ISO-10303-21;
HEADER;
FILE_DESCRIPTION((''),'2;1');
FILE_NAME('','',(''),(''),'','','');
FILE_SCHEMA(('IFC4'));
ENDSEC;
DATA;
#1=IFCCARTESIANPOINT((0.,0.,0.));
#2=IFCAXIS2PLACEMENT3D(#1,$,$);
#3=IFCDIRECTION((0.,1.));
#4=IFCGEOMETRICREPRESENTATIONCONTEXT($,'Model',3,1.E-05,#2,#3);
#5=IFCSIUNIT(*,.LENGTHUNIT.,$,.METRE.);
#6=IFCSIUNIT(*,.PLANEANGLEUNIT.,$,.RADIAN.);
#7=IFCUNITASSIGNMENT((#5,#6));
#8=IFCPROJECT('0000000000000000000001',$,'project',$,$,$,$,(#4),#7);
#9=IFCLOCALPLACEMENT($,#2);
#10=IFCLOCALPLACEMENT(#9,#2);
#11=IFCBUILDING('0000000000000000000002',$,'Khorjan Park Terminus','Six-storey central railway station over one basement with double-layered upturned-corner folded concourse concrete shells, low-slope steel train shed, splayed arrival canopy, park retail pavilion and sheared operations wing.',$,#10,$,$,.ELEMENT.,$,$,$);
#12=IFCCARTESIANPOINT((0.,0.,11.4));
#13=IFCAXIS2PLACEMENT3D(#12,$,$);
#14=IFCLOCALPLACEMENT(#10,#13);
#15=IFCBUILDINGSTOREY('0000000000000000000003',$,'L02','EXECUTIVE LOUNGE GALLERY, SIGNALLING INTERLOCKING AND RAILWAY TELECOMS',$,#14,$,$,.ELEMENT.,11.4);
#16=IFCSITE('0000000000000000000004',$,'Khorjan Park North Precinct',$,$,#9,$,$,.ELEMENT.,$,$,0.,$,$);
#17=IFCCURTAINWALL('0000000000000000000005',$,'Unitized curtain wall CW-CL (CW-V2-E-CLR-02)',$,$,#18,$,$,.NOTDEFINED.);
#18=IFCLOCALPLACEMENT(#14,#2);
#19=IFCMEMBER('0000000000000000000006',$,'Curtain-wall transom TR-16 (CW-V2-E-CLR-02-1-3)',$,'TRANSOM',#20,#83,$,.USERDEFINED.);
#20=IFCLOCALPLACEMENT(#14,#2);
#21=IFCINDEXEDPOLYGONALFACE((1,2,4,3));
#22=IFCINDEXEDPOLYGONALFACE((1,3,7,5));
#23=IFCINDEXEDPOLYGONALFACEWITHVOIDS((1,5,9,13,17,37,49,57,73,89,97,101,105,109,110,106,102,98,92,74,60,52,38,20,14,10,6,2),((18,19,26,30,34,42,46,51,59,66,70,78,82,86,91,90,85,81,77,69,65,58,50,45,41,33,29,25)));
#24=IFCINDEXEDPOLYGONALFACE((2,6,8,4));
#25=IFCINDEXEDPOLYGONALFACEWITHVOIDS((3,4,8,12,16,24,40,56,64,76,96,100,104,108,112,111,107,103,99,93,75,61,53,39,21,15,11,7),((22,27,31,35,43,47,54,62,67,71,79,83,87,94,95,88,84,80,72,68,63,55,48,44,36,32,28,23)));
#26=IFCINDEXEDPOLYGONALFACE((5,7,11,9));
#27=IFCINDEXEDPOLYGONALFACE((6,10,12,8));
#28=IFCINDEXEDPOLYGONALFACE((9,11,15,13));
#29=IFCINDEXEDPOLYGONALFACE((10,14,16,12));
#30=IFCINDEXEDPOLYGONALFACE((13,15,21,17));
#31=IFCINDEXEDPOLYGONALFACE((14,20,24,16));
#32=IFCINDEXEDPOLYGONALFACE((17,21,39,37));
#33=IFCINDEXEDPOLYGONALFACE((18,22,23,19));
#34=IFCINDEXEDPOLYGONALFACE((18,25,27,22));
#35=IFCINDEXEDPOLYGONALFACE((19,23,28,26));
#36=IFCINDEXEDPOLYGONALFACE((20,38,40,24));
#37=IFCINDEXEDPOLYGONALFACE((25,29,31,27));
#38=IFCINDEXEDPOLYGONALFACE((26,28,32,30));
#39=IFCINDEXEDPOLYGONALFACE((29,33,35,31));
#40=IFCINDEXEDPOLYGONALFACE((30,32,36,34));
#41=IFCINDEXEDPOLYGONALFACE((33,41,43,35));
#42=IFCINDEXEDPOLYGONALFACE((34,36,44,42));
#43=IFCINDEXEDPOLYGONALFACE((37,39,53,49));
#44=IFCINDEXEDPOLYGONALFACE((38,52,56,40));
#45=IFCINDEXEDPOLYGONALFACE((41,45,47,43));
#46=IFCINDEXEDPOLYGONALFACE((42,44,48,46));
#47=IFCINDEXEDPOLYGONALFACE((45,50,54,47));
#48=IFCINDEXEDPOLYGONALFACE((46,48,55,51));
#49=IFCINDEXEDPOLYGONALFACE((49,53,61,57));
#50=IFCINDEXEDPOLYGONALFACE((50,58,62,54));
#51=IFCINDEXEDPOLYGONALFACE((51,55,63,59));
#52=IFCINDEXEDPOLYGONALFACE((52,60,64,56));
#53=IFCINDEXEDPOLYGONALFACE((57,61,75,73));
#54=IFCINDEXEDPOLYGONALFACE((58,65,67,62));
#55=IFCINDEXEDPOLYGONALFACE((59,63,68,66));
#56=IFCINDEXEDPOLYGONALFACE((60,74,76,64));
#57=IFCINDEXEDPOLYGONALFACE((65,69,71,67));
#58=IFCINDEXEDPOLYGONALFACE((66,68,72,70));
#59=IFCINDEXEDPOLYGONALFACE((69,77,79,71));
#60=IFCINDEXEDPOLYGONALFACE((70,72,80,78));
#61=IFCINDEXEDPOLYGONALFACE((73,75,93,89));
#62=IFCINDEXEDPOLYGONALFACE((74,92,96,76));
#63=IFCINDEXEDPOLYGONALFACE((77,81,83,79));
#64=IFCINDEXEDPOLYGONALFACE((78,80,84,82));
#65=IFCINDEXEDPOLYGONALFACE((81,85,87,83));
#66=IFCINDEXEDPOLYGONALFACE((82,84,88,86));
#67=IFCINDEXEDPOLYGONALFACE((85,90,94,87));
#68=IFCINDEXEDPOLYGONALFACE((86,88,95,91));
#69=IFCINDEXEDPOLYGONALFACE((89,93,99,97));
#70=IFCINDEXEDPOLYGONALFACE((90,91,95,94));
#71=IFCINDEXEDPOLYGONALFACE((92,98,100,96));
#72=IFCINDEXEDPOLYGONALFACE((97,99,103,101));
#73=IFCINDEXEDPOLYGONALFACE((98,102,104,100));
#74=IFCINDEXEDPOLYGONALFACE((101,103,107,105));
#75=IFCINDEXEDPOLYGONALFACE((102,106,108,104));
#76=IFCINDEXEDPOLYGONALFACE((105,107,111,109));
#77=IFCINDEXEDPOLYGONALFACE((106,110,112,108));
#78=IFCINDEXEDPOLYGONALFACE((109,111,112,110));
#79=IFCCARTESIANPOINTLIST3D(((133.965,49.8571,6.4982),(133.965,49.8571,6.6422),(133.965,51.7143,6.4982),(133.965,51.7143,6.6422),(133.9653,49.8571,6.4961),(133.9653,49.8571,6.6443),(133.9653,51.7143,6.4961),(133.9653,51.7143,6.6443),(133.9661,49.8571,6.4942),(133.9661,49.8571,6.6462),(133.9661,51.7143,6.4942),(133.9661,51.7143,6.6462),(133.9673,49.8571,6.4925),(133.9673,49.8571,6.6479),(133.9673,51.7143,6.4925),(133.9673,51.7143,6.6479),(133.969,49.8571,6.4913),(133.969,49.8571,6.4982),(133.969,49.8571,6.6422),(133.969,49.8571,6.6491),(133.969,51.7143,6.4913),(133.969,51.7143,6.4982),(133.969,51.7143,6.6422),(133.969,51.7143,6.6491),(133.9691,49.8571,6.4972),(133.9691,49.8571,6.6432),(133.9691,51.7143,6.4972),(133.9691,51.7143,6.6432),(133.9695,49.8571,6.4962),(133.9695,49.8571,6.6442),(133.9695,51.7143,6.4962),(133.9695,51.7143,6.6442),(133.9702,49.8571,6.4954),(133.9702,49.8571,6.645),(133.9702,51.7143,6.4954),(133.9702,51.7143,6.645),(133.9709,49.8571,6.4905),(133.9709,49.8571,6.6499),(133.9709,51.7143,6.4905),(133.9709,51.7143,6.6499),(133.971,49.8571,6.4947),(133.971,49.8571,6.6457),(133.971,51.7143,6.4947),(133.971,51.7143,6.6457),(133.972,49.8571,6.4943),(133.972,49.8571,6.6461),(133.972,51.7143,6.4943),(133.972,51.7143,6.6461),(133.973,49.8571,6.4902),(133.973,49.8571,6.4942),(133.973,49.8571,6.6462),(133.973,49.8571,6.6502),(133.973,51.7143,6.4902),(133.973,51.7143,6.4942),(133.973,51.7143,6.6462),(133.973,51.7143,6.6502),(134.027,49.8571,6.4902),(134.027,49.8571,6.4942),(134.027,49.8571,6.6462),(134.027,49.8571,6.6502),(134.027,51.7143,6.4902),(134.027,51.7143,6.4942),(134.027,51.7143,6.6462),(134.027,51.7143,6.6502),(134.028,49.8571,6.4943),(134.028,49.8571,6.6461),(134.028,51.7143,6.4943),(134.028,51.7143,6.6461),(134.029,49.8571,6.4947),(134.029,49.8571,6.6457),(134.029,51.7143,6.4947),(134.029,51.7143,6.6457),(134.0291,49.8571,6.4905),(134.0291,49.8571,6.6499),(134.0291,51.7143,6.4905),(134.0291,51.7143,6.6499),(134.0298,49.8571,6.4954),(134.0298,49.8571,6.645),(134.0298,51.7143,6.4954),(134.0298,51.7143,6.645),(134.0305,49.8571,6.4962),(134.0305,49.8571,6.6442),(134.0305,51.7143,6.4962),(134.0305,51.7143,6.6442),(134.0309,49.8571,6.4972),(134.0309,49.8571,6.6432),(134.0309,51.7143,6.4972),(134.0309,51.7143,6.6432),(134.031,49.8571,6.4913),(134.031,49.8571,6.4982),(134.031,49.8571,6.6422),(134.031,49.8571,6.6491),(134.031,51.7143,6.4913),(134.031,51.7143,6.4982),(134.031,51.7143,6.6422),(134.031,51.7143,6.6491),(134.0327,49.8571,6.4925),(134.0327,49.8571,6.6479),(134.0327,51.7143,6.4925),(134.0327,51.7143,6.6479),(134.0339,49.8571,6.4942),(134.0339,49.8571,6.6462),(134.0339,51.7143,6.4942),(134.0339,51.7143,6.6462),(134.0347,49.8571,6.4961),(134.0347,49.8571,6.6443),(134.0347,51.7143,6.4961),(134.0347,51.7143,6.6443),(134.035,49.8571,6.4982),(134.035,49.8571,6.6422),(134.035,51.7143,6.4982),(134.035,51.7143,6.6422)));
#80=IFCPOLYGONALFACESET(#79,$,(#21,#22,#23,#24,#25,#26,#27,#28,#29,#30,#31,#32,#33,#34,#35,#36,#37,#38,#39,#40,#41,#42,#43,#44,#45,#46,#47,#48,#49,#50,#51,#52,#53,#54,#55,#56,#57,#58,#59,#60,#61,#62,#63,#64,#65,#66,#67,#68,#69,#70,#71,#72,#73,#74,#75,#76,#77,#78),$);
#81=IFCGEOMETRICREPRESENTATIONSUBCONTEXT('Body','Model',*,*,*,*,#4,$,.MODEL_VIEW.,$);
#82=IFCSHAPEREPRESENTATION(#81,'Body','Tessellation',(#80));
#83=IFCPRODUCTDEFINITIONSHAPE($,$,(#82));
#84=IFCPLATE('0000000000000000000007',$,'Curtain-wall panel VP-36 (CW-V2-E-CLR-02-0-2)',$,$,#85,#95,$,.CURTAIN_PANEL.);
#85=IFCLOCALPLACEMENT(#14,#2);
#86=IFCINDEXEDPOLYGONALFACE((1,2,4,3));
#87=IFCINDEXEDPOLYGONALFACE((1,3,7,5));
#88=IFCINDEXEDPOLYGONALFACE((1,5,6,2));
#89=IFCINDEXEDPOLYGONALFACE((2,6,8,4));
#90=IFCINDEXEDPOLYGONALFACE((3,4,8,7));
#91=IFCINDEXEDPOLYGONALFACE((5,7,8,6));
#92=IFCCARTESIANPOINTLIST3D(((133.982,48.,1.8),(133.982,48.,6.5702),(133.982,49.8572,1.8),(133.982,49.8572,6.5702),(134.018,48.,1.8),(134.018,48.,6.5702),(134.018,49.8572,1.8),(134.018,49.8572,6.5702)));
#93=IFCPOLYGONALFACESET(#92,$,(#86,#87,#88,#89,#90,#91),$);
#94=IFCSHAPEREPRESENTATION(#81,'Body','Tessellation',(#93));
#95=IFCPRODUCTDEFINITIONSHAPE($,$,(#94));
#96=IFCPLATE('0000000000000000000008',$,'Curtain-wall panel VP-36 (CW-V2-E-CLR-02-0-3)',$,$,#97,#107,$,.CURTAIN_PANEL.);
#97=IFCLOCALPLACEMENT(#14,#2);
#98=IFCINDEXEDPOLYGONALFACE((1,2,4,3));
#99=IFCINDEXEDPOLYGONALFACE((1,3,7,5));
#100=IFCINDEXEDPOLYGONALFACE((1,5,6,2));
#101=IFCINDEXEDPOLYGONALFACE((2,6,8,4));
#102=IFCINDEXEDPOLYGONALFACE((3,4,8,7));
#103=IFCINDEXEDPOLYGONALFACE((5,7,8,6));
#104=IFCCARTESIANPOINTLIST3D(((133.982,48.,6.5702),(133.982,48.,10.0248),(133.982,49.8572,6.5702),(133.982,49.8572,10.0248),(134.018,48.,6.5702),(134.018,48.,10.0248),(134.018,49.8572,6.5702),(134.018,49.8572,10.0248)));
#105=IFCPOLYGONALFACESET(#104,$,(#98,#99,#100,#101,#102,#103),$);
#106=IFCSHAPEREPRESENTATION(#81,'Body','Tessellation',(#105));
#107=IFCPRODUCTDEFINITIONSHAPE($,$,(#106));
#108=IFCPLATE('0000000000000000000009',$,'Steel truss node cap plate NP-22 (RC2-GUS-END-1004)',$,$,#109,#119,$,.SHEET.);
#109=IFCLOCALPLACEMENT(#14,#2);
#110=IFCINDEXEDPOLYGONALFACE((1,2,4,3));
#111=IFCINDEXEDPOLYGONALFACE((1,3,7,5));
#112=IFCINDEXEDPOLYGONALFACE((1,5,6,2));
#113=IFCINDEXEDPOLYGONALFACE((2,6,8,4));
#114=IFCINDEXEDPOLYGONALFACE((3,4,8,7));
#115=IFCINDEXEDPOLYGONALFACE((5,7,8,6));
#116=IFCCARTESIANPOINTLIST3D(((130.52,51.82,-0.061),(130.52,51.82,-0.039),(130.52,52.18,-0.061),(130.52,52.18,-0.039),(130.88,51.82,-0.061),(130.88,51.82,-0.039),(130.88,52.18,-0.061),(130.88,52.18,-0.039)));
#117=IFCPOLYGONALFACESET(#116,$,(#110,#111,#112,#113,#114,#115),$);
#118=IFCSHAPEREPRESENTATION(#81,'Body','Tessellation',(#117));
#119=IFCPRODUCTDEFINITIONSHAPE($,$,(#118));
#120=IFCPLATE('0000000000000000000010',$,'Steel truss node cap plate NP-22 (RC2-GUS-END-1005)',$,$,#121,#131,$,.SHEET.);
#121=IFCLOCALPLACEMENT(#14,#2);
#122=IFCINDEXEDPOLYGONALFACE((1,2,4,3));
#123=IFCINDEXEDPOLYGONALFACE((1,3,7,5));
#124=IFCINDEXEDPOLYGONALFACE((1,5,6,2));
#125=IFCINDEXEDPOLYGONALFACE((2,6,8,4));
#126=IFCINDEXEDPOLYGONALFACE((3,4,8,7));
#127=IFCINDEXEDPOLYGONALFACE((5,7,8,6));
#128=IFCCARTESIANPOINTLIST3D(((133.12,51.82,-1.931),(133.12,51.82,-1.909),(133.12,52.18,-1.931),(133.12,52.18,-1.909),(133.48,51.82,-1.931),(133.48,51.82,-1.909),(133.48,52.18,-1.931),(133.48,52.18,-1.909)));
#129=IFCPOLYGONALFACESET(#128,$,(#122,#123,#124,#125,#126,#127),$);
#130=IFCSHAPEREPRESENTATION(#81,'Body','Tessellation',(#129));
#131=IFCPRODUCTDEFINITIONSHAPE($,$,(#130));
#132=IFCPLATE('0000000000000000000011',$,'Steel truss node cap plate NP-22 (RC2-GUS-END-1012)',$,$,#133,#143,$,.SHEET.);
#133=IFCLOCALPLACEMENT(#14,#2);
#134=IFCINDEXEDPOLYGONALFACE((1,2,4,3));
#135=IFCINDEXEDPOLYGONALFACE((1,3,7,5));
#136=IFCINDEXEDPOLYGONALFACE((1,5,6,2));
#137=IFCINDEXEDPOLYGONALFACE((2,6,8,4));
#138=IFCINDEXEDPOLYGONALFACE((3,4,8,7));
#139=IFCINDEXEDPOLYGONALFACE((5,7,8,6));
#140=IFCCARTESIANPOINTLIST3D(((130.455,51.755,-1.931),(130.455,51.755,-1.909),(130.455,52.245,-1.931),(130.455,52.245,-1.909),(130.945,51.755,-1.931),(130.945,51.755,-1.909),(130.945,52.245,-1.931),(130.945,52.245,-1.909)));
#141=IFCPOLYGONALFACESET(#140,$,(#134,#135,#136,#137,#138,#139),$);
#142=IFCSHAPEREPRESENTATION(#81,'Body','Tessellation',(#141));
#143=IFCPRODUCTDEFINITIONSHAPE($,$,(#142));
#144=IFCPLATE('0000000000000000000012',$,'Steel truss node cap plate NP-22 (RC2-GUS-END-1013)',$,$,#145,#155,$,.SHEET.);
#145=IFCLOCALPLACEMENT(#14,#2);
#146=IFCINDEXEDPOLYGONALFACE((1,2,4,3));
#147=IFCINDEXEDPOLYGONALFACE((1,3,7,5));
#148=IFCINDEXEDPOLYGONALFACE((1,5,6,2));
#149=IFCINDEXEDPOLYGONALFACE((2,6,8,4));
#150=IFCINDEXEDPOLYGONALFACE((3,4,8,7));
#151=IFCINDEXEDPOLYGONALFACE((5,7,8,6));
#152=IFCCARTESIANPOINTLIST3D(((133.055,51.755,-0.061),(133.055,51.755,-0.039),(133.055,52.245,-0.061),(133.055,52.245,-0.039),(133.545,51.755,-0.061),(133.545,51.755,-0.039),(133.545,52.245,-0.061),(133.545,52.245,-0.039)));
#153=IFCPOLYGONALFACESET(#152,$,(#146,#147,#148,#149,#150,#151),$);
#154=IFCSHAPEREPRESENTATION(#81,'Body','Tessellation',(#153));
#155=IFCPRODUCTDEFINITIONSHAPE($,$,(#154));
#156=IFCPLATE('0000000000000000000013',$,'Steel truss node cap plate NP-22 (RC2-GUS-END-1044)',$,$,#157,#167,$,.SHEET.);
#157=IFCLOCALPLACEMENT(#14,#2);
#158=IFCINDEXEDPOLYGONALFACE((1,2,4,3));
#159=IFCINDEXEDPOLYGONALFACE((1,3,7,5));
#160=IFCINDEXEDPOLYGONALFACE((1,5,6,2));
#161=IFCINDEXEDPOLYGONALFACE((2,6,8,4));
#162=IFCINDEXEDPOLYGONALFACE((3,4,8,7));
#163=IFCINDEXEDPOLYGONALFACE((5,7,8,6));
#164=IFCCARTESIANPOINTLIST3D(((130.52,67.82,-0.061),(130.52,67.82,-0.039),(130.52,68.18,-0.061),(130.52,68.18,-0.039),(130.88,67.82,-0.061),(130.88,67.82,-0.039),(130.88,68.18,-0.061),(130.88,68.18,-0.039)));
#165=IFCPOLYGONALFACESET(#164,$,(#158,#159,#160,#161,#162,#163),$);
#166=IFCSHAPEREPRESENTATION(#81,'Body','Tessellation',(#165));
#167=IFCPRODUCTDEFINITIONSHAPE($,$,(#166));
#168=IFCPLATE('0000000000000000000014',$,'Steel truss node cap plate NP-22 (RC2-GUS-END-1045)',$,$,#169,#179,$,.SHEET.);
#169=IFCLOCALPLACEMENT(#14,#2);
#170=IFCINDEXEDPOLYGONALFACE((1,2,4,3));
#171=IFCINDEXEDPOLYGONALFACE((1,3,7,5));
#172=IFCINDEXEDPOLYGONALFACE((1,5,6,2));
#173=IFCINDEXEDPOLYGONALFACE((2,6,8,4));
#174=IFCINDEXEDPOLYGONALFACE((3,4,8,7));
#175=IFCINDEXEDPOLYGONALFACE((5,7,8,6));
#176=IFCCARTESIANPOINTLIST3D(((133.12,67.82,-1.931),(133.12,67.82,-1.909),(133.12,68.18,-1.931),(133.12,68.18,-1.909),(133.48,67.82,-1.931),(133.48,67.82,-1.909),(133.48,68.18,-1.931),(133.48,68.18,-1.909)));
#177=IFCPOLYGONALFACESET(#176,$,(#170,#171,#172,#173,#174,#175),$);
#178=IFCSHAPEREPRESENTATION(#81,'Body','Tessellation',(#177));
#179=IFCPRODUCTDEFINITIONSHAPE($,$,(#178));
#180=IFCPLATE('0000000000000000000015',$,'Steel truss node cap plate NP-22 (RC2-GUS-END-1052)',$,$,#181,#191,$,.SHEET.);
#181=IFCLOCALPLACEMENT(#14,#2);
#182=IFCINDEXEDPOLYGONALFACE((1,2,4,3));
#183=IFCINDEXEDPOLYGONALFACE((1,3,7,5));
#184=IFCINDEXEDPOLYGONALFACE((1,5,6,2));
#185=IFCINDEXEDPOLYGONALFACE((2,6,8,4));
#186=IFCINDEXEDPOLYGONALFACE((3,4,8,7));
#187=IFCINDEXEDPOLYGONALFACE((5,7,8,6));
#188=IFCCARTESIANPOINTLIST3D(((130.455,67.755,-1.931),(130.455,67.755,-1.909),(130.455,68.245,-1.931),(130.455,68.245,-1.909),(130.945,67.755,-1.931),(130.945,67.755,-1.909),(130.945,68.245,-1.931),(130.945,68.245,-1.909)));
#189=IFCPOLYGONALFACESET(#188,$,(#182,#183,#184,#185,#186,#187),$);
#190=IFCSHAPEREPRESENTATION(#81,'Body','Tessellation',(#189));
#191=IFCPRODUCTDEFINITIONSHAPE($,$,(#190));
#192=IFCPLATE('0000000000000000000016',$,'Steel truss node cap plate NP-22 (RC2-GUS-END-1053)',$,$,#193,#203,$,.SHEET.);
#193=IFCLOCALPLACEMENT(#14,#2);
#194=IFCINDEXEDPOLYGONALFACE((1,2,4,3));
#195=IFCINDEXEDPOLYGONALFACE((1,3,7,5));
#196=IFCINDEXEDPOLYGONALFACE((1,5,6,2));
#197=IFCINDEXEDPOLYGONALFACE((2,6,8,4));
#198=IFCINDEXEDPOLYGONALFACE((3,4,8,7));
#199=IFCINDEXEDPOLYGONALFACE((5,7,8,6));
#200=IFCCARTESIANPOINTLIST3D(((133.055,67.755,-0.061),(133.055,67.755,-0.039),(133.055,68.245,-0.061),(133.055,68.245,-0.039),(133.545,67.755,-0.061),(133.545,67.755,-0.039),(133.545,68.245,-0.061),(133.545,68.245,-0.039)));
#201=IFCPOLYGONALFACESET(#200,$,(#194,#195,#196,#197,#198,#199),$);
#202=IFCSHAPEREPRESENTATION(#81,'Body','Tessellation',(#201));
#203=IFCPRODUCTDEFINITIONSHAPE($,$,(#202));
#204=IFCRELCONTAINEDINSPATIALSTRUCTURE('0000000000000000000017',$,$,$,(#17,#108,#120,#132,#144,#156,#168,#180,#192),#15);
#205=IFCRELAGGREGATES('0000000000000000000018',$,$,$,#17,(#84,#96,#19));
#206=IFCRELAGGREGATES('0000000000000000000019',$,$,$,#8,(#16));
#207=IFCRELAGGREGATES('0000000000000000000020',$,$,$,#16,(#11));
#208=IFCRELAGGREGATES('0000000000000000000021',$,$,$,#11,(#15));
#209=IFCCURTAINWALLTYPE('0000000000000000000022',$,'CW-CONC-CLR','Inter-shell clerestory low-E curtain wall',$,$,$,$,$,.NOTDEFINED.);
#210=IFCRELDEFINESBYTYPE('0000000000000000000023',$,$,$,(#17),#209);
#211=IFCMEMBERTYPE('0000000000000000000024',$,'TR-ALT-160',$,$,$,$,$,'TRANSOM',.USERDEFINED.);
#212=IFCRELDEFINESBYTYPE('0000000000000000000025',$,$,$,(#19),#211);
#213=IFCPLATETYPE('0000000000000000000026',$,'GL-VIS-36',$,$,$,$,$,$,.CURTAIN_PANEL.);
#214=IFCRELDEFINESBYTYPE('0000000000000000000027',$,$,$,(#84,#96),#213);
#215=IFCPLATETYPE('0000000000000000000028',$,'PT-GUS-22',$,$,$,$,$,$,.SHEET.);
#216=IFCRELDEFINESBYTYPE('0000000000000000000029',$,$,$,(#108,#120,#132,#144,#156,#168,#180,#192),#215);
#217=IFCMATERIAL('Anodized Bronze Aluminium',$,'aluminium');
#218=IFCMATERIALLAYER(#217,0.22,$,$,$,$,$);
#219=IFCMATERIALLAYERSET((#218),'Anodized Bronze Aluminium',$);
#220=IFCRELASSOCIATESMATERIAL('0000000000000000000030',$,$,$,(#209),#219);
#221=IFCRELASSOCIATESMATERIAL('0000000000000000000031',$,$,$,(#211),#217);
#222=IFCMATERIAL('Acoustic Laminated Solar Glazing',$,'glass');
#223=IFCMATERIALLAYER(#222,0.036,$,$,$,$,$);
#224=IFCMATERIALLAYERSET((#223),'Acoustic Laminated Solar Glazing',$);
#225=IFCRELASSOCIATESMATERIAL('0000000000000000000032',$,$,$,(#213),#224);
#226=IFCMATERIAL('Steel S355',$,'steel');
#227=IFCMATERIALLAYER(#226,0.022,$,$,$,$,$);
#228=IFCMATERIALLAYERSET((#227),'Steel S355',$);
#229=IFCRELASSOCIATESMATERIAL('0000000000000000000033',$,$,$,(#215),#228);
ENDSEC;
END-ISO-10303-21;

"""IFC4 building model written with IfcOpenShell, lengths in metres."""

from ifc_helpers import new_model, si_unit, direction, frame, origin, origin_2d, place, context, subcontext, project, spatial, rectangle, hollow_rectangle, extrude, material, layer, layer_set, material_profile, profile_set, type_object, element, aggregate, save


model = new_model("IFC4")

# Units and contexts
model_context = context("Model", 3, precision=1e-05, world=origin(), true_north=direction((0.0, 1.0)))
body_context = subcontext(model_context, "Body", "Model", "MODEL_VIEW")
ifc_project = project(units=[si_unit("LENGTHUNIT", "METRE"), si_unit("PLANEANGLEUNIT", "RADIAN")], contexts=[model_context])

# Site, building, storey
site_placement = place(None, origin())
site = spatial("IfcSite", under=ifc_project, at=site_placement, Name="Khorjan Park North Precinct", CompositionType="ELEMENT", RefElevation=0.0)
building_placement = place(site_placement, origin())
building = spatial("IfcBuilding", under=site, at=building_placement, Name="Khorjan Park Terminus", Description="Six-storey central railway station over one basement with double-layered upturned-corner folded concourse concrete shells, low-slope steel train shed, splayed arrival canopy, park retail pavilion and sheared operations wing.", CompositionType="ELEMENT")
storey_placement = place(building_placement, frame((0.0, 0.0, 11.4)))
storey = spatial("IfcBuildingStorey", under=building, at=storey_placement, Name="L02", Description="EXECUTIVE LOUNGE GALLERY, SIGNALLING INTERLOCKING AND RAILWAY TELECOMS", CompositionType="ELEMENT", Elevation=11.4)

# Shared definitions
ifc_material_1 = material(Name="Steel S355", Category="steel")

# Shared definitions
ifc_material_2 = material(Name="Anodized Bronze Aluminium", Category="aluminium")
ifc_layer_1 = layer(ifc_material_2, 0.22)
ifc_layer_set_1 = layer_set([ifc_layer_1], Name="Anodized Bronze Aluminium")
curtain_wall_type = type_object("IfcCurtainWallType", Name="CW-CONC-CLR", Description="Inter-shell clerestory low-E curtain wall", PredefinedType="NOTDEFINED", material=ifc_layer_set_1)

# Curtain wall, member, plates
curtain_wall_1_placement = place(storey_placement, origin())
curtain_wall_1 = element("IfcCurtainWall", 1, at=curtain_wall_1_placement, inside=storey, type_object=curtain_wall_type, Name="Unitized curtain wall CW-CL (CW-V2-E-CLR-02)", PredefinedType="NOTDEFINED")
ifc_material_profile_1 = material_profile(ifc_material_2, hollow_rectangle(XDim=0.07, YDim=0.16, WallThickness=0.004, InnerFilletRadius=0.004, OuterFilletRadius=0.008, at=origin_2d()), Name="ALT 70x160x4")
ifc_profile_set_1 = profile_set([ifc_material_profile_1], Name="Anodized Bronze Aluminium")
member_type_1 = type_object("IfcMemberType", Name="TR-ALT-160", ElementType="TRANSOM", PredefinedType="USERDEFINED", material=ifc_profile_set_1)
member_1_placement = place(storey_placement, frame((134.0, 49.8571, 6.5702), z_axis=(0.0, 1.0, 0.0), x_axis=(-1.0, 0.0, 0.0)))
member_1 = element("IfcMember", 2, at=member_1_placement, type_object=member_type_1, Name="Curtain-wall transom TR-16 (CW-V2-E-CLR-02-1-3)", ObjectType="TRANSOM", PredefinedType="USERDEFINED", context=body_context, shape_type="SweptSolid", body=[
    extrude(hollow_rectangle(XDim=0.07, YDim=0.16, WallThickness=0.004, InnerFilletRadius=0.004, OuterFilletRadius=0.008, at=origin_2d()), origin(), (0.0, 0.0, 1.0), 1.8572),
])
ifc_material_3 = material(Name="Acoustic Laminated Solar Glazing", Category="glass")
ifc_layer_2 = layer(ifc_material_3, 0.036)
ifc_layer_set_2 = layer_set([ifc_layer_2], Name="Acoustic Laminated Solar Glazing")
plate_type_1 = type_object("IfcPlateType", Name="GL-VIS-36", PredefinedType="CURTAIN_PANEL", material=ifc_layer_set_2)
plate_1_placement = place(storey_placement, frame((134.0, 48.9286, 1.8), z_axis=(0.0, 0.0, 1.0), x_axis=(0.0, 1.0, 0.0)))
plate_1 = element("IfcPlate", 3, at=plate_1_placement, type_object=plate_type_1, Name="Curtain-wall panel VP-36 (CW-V2-E-CLR-02-0-2)", PredefinedType="CURTAIN_PANEL", context=body_context, shape_type="SweptSolid", body=[
    extrude(rectangle(XDim=1.8571, YDim=0.036, at=origin_2d()), origin(), (0.0, 0.0, 1.0), 4.7702),
])
plate_2_placement = place(storey_placement, frame((134.0, 48.9286, 6.5702), z_axis=(0.0, 0.0, 1.0), x_axis=(0.0, 1.0, 0.0)))
plate_2 = element("IfcPlate", 4, at=plate_2_placement, type_object=plate_type_1, Name="Curtain-wall panel VP-36 (CW-V2-E-CLR-02-0-3)", PredefinedType="CURTAIN_PANEL", context=body_context, shape_type="SweptSolid", body=[
    extrude(rectangle(XDim=1.8571, YDim=0.036, at=origin_2d()), origin(), (0.0, 0.0, 1.0), 3.4546),
])

# Plates
ifc_layer_3 = layer(ifc_material_1, 0.022)
ifc_layer_set_3 = layer_set([ifc_layer_3], Name="Steel S355")
plate_type_2 = type_object("IfcPlateType", Name="PT-GUS-22", PredefinedType="SHEET", material=ifc_layer_set_3)
for number, where, z_axis, x_axis, name in (
    (5, (130.7, 52.0, -0.061), (0.0, 0.0, 1.0), (1.0, 0.0, 0.0), "Steel truss node cap plate NP-22 (RC2-GUS-END-1004)"),
    (6, (133.3, 52.0, -1.931), (0.0, 0.0, 1.0), (1.0, 0.0, 0.0), "Steel truss node cap plate NP-22 (RC2-GUS-END-1005)"),
):
    element("IfcPlate", number, at=place(storey_placement, frame(where, z_axis=z_axis, x_axis=x_axis)), inside=storey, type_object=plate_type_2, Name=name, PredefinedType="SHEET", context=body_context, shape_type="SweptSolid", body=[
        extrude(rectangle(XDim=0.36, YDim=0.36, at=origin_2d()), origin(), (0.0, 0.0, 1.0), 0.022),
    ])
for number, where, z_axis, x_axis, name in (
    (7, (130.7, 52.0, -1.931), (0.0, 0.0, 1.0), (1.0, 0.0, 0.0), "Steel truss node cap plate NP-22 (RC2-GUS-END-1012)"),
    (8, (133.3, 52.0, -0.061), (0.0, 0.0, 1.0), (1.0, 0.0, 0.0), "Steel truss node cap plate NP-22 (RC2-GUS-END-1013)"),
):
    element("IfcPlate", number, at=place(storey_placement, frame(where, z_axis=z_axis, x_axis=x_axis)), inside=storey, type_object=plate_type_2, Name=name, PredefinedType="SHEET", context=body_context, shape_type="SweptSolid", body=[
        extrude(rectangle(XDim=0.49, YDim=0.49, at=origin_2d()), origin(), (0.0, 0.0, 1.0), 0.022),
    ])
for number, where, z_axis, x_axis, name in (
    (9, (130.7, 68.0, -0.061), (0.0, 0.0, 1.0), (1.0, 0.0, 0.0), "Steel truss node cap plate NP-22 (RC2-GUS-END-1044)"),
    (10, (133.3, 68.0, -1.931), (0.0, 0.0, 1.0), (1.0, 0.0, 0.0), "Steel truss node cap plate NP-22 (RC2-GUS-END-1045)"),
):
    element("IfcPlate", number, at=place(storey_placement, frame(where, z_axis=z_axis, x_axis=x_axis)), inside=storey, type_object=plate_type_2, Name=name, PredefinedType="SHEET", context=body_context, shape_type="SweptSolid", body=[
        extrude(rectangle(XDim=0.36, YDim=0.36, at=origin_2d()), origin(), (0.0, 0.0, 1.0), 0.022),
    ])
for number, where, z_axis, x_axis, name in (
    (11, (130.7, 68.0, -1.931), (0.0, 0.0, 1.0), (1.0, 0.0, 0.0), "Steel truss node cap plate NP-22 (RC2-GUS-END-1052)"),
    (12, (133.3, 68.0, -0.061), (0.0, 0.0, 1.0), (1.0, 0.0, 0.0), "Steel truss node cap plate NP-22 (RC2-GUS-END-1053)"),
):
    element("IfcPlate", number, at=place(storey_placement, frame(where, z_axis=z_axis, x_axis=x_axis)), inside=storey, type_object=plate_type_2, Name=name, PredefinedType="SHEET", context=body_context, shape_type="SweptSolid", body=[
        extrude(rectangle(XDim=0.49, YDim=0.49, at=origin_2d()), origin(), (0.0, 0.0, 1.0), 0.022),
    ])

aggregate(curtain_wall_1, [plate_1, plate_2, member_1])

save(model, "model.ifc")
